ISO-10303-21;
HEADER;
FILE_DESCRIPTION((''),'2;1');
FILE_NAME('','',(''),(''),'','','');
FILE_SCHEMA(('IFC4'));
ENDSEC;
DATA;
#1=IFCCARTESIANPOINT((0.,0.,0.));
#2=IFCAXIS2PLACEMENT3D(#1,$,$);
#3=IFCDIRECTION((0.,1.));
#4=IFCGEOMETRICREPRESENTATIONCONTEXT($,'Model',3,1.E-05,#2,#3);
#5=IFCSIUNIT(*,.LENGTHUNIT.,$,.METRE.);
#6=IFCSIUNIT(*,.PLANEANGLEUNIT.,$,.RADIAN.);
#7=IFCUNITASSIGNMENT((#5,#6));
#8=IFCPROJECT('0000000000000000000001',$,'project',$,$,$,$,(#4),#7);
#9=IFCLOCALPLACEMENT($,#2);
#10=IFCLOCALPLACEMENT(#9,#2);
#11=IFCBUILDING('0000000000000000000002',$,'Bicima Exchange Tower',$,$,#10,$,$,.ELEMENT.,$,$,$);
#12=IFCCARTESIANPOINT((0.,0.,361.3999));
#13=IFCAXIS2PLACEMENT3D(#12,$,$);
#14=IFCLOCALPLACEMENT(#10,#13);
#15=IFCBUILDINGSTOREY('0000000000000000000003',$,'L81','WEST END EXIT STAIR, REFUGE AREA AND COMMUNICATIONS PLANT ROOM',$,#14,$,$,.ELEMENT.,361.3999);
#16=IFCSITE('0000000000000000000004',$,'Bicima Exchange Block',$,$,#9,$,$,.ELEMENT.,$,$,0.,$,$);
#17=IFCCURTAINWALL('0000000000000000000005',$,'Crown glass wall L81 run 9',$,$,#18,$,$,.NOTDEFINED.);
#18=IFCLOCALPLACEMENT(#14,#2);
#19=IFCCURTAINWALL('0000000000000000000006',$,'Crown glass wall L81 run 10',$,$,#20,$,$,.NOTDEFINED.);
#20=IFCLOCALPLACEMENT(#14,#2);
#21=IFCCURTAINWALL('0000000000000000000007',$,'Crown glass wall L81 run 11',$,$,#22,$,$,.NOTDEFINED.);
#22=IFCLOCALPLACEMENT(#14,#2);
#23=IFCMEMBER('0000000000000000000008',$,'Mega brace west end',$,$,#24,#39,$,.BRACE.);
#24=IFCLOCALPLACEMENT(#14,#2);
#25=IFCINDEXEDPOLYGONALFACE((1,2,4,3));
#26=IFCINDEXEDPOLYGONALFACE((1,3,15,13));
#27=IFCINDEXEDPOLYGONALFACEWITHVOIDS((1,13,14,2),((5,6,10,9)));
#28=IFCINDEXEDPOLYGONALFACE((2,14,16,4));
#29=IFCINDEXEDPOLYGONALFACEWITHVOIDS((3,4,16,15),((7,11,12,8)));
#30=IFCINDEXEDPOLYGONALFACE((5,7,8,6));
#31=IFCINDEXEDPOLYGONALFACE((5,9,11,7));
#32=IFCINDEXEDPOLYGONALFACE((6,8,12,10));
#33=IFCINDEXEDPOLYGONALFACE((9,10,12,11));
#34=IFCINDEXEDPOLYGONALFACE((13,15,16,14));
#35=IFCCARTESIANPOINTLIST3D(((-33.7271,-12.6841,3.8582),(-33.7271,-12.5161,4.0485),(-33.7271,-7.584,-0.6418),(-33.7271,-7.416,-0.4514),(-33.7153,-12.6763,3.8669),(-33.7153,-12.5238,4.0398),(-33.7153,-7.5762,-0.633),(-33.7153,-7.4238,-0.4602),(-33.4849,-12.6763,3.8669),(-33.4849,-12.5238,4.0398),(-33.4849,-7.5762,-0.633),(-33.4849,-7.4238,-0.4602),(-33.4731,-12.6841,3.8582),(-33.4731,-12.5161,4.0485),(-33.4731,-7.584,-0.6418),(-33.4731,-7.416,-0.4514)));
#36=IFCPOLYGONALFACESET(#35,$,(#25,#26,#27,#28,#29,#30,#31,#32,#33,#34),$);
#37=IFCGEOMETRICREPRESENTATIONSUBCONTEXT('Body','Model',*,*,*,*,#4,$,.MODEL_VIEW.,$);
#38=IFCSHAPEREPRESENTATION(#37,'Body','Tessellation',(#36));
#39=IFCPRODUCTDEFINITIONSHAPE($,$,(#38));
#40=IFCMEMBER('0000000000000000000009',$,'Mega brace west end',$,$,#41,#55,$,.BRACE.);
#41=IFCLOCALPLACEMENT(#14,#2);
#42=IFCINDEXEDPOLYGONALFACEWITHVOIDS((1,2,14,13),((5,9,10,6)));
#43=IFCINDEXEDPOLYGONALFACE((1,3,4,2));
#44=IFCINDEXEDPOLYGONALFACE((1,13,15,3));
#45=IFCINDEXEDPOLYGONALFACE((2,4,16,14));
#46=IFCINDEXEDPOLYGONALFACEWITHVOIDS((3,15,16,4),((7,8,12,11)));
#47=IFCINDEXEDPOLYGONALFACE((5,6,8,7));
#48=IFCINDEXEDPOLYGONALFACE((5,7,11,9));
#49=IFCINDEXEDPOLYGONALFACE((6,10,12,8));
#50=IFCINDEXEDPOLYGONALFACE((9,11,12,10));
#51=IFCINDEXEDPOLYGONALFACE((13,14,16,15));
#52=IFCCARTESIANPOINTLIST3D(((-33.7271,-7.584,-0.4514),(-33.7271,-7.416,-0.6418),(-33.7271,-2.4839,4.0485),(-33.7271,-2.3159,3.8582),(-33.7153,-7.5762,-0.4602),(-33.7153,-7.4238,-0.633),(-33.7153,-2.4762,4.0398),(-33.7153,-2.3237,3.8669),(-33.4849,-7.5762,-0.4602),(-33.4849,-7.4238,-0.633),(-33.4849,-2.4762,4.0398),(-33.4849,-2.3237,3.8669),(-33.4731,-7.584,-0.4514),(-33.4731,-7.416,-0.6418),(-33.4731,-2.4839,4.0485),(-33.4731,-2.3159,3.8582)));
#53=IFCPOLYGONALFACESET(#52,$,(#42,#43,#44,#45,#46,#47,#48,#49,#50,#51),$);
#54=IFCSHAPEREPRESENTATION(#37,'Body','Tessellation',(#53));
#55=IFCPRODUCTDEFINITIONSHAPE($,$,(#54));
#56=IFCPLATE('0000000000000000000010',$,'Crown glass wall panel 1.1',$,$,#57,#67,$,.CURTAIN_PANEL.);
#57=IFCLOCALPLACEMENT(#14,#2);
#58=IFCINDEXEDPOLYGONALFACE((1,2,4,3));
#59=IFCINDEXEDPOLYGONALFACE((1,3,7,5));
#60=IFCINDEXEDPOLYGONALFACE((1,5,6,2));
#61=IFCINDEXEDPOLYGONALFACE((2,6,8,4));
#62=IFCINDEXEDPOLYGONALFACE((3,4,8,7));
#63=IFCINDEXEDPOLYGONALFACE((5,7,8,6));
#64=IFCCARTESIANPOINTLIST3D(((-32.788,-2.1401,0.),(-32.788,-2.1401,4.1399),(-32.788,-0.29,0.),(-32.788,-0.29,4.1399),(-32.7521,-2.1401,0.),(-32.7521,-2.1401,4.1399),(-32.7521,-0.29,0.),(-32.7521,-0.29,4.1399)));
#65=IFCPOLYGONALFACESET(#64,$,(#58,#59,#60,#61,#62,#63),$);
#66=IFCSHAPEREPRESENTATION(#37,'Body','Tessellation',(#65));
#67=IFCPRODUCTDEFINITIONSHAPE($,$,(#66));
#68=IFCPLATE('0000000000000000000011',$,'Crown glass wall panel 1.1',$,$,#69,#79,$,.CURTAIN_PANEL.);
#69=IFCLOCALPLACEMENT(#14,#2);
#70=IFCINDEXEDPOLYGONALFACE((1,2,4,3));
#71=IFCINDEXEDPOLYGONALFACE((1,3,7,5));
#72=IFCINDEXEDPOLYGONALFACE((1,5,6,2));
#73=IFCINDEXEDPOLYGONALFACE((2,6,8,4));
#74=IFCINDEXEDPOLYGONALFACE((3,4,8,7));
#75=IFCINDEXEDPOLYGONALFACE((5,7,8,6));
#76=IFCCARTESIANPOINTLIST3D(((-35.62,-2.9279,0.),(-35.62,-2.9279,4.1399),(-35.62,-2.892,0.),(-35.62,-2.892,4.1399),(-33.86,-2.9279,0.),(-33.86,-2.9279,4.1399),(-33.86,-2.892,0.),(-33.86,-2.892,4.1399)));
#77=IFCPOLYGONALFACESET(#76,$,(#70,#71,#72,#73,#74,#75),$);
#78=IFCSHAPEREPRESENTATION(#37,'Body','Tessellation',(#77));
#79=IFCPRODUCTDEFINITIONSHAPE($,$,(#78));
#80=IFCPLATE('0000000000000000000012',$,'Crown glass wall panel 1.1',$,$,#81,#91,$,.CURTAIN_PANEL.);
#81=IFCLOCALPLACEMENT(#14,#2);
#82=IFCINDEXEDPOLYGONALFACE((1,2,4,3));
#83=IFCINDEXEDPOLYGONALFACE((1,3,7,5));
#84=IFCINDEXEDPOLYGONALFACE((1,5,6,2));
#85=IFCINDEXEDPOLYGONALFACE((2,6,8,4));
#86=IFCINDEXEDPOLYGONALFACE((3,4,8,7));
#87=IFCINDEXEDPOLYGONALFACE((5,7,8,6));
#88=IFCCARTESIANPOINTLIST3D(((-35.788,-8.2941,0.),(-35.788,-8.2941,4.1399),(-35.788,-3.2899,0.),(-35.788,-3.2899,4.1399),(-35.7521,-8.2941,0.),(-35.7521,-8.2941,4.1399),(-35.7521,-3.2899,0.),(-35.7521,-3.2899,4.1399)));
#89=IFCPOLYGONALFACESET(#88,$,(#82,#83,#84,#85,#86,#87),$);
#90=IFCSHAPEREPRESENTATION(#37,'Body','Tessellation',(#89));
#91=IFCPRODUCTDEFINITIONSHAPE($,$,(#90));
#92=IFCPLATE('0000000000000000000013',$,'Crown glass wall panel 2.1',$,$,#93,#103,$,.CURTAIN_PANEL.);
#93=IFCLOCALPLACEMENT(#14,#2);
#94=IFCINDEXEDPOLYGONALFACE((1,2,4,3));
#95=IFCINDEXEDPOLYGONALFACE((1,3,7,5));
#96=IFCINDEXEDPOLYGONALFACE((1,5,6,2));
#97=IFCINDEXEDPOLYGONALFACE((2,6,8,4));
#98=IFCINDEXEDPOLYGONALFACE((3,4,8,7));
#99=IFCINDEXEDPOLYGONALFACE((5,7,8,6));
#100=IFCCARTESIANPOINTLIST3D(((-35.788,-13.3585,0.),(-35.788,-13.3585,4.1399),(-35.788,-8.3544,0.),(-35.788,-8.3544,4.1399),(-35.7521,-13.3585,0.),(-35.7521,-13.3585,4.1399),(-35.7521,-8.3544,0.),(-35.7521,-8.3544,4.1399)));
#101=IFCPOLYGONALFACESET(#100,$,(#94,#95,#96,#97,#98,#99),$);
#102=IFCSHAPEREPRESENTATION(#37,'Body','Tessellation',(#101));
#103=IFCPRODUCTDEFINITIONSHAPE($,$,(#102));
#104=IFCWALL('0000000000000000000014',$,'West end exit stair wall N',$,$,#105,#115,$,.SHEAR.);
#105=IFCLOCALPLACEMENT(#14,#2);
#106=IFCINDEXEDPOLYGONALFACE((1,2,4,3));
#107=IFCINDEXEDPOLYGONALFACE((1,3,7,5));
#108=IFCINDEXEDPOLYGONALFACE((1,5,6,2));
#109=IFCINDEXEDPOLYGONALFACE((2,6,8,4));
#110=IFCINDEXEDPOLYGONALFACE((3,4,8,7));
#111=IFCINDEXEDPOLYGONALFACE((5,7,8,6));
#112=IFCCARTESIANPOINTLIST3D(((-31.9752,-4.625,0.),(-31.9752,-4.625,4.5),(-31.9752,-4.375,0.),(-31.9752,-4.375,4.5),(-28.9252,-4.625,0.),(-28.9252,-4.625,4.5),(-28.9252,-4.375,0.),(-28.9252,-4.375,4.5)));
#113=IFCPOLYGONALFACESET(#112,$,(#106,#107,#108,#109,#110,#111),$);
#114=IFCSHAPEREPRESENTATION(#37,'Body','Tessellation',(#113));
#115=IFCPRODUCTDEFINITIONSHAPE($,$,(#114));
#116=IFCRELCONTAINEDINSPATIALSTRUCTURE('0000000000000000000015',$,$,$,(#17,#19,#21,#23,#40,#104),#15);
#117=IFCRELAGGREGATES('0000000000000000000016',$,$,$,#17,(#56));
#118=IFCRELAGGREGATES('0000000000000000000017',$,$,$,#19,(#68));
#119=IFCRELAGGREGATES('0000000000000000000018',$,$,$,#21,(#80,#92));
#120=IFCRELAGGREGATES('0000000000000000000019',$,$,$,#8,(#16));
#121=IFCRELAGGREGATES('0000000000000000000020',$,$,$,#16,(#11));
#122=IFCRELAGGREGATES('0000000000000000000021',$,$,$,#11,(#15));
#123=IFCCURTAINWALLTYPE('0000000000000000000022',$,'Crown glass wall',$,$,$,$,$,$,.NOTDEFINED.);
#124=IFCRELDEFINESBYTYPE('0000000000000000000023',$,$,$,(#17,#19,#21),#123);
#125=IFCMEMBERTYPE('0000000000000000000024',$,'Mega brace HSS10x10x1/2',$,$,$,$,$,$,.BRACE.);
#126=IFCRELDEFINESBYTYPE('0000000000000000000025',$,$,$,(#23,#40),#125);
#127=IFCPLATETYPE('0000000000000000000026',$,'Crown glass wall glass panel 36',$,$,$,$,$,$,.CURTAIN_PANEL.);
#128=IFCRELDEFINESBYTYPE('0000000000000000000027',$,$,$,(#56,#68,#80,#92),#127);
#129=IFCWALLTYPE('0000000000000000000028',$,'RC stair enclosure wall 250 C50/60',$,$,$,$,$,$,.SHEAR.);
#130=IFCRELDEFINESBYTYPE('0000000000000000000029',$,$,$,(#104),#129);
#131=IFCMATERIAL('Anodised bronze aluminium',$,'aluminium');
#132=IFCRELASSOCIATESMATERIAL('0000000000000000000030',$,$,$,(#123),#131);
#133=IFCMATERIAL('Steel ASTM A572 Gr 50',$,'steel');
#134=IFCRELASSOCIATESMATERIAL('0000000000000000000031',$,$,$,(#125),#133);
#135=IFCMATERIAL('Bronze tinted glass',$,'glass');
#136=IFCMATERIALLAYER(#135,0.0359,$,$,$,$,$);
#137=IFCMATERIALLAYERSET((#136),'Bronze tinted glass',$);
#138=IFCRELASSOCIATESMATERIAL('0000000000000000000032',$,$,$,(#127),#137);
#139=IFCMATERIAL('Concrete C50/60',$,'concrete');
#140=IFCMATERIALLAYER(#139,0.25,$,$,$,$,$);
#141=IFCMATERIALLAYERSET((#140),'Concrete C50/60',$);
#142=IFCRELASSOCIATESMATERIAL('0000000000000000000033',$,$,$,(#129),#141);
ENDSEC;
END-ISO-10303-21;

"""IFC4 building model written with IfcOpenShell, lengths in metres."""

from ifc_helpers import new_model, si_unit, direction, frame, frame_2d, origin, origin_2d, place, context, subcontext, project, spatial, rectangle, hollow_rectangle, extrude, material, layer, layer_set, material_profile, profile_set, type_object, element, aggregate, save


model = new_model("IFC4")

# Units and contexts
model_context = context("Model", 3, precision=1e-05, world=origin(), true_north=direction((0.0, 1.0)))
body_context = subcontext(model_context, "Body", "Model", "MODEL_VIEW")
ifc_project = project(units=[si_unit("LENGTHUNIT", "METRE"), si_unit("PLANEANGLEUNIT", "RADIAN")], contexts=[model_context])

# Site, building, storey
site_placement = place(None, origin())
site = spatial("IfcSite", under=ifc_project, at=site_placement, Name="Bicima Exchange Block", CompositionType="ELEMENT", RefElevation=0.0)
building_placement = place(site_placement, origin())
building = spatial("IfcBuilding", under=site, at=building_placement, Name="Bicima Exchange Tower", CompositionType="ELEMENT")
storey_placement = place(building_placement, frame((0.0, 0.0, 361.3999)))
storey = spatial("IfcBuildingStorey", under=building, at=storey_placement, Name="L81", Description="WEST END EXIT STAIR, REFUGE AREA AND COMMUNICATIONS PLANT ROOM", CompositionType="ELEMENT", Elevation=361.3999)

# Shared definitions
ifc_material_1 = material(Name="Steel ASTM A572 Gr 50", Category="steel")

# Shared definitions
ifc_material_2 = material(Name="Anodised bronze aluminium", Category="aluminium")
curtain_wall_type = type_object("IfcCurtainWallType", Name="Crown glass wall", PredefinedType="NOTDEFINED", material=ifc_material_2)

# Curtain walls
curtain_wall_1_placement = place(storey_placement, origin())
curtain_wall_1 = element("IfcCurtainWall", 1, at=curtain_wall_1_placement, inside=storey, type_object=curtain_wall_type, Name="Crown glass wall L81 run 9", PredefinedType="NOTDEFINED")
curtain_wall_2_placement = place(storey_placement, origin())
curtain_wall_2 = element("IfcCurtainWall", 2, at=curtain_wall_2_placement, inside=storey, type_object=curtain_wall_type, Name="Crown glass wall L81 run 10", PredefinedType="NOTDEFINED")
curtain_wall_3_placement = place(storey_placement, origin())
curtain_wall_3 = element("IfcCurtainWall", 3, at=curtain_wall_3_placement, inside=storey, type_object=curtain_wall_type, Name="Crown glass wall L81 run 11", PredefinedType="NOTDEFINED")

# Members
ifc_material_profile_1 = material_profile(ifc_material_1, hollow_rectangle(XDim=0.2539, YDim=0.2539, WallThickness=0.0117, at=origin_2d()))
ifc_profile_set_1 = profile_set([ifc_material_profile_1], Name="Steel ASTM A572 Gr 50")
member_type_1 = type_object("IfcMemberType", Name="Mega brace HSS10x10x1/2", PredefinedType="BRACE", material=ifc_profile_set_1)
for number, where, z_axis, x_axis, name in (
    (4, (-33.6001, -7.5, -0.5466), (0.0, -0.749844, 0.661615), (1.0, 0.0, 0.0), "Mega brace west end"),
    (5, (-33.6001, -7.5, -0.5466), (0.0, 0.749844, 0.661615), (-1.0, 0.0, 0.0), "Mega brace west end"),
):
    element("IfcMember", number, at=place(storey_placement, frame(where, z_axis=z_axis, x_axis=x_axis)), inside=storey, type_object=member_type_1, Name=name, PredefinedType="BRACE", context=body_context, shape_type="SweptSolid", body=[
        extrude(hollow_rectangle(XDim=0.2539, YDim=0.2539, WallThickness=0.0117, at=origin_2d()), origin(), (0.0, 0.0, 1.0), 6.8015),
    ])

# Plates
ifc_material_3 = material(Name="Bronze tinted glass", Category="glass")
ifc_layer_1 = layer(ifc_material_3, 0.0359)
ifc_layer_set_1 = layer_set([ifc_layer_1], Name="Bronze tinted glass")
plate_type = type_object("IfcPlateType", Name="Crown glass wall glass panel 36", PredefinedType="CURTAIN_PANEL", material=ifc_layer_set_1)
plate_1_placement = place(storey_placement, frame((-32.77, -1.2151, 0.0), z_axis=(0.0, 0.0, 1.0), x_axis=(0.0, -1.0, 0.0)))
plate_1 = element("IfcPlate", 6, at=plate_1_placement, type_object=plate_type, Name="Crown glass wall panel 1.1", PredefinedType="CURTAIN_PANEL", context=body_context, shape_type="SweptSolid", body=[
    extrude(rectangle(XDim=1.8501, YDim=0.0359, at=origin_2d()), origin(), (0.0, 0.0, 1.0), 4.1399),
])
aggregate(curtain_wall_1, [plate_1])
plate_2_placement = place(storey_placement, frame((-34.74, -2.9099, 0.0), z_axis=(0.0, 0.0, 1.0), x_axis=(-1.0, 0.0, 0.0)))
plate_2 = element("IfcPlate", 7, at=plate_2_placement, type_object=plate_type, Name="Crown glass wall panel 1.1", PredefinedType="CURTAIN_PANEL", context=body_context, shape_type="SweptSolid", body=[
    extrude(rectangle(XDim=1.76, YDim=0.0359, at=origin_2d()), origin(), (0.0, 0.0, 1.0), 4.1399),
])
aggregate(curtain_wall_2, [plate_2])
plate_3_placement = place(storey_placement, frame((-35.77, -5.792, 0.0), z_axis=(0.0, 0.0, 1.0), x_axis=(0.0, -1.0, 0.0)))
plate_3 = element("IfcPlate", 8, at=plate_3_placement, type_object=plate_type, Name="Crown glass wall panel 1.1", PredefinedType="CURTAIN_PANEL", context=body_context, shape_type="SweptSolid", body=[
    extrude(rectangle(XDim=5.0042, YDim=0.0359, at=origin_2d()), origin(), (0.0, 0.0, 1.0), 4.1399),
])
plate_4_placement = place(storey_placement, frame((-35.77, -10.8564, 0.0), z_axis=(0.0, 0.0, 1.0), x_axis=(0.0, -1.0, 0.0)))
plate_4 = element("IfcPlate", 9, at=plate_4_placement, type_object=plate_type, Name="Crown glass wall panel 2.1", PredefinedType="CURTAIN_PANEL", context=body_context, shape_type="SweptSolid", body=[
    extrude(rectangle(XDim=5.0042, YDim=0.0359, at=origin_2d()), origin(), (0.0, 0.0, 1.0), 4.1399),
])
aggregate(curtain_wall_3, [plate_3, plate_4])

# Wall
ifc_material_4 = material(Name="Concrete C50/60", Category="concrete")
ifc_layer_2 = layer(ifc_material_4, 0.25)
ifc_layer_set_2 = layer_set([ifc_layer_2], Name="Concrete C50/60")
wall_type = type_object("IfcWallType", Name="RC stair enclosure wall 250 C50/60", PredefinedType="SHEAR", material=ifc_layer_set_2)
wall_placement = place(storey_placement, frame((-31.9751, -4.5, 0.0), z_axis=(0.0, 0.0, 1.0), x_axis=(1.0, 0.0, 0.0)))
element("IfcWall", 10, at=wall_placement, inside=storey, type_object=wall_type, Name="West end exit stair wall N", PredefinedType="SHEAR", context=body_context, shape_type="SweptSolid", body=[
    extrude(rectangle(XDim=3.05, YDim=0.25, at=frame_2d((1.5249, 0.0))), origin(), (0.0, 0.0, 1.0), 4.5),
])

save(model, "model.ifc")
